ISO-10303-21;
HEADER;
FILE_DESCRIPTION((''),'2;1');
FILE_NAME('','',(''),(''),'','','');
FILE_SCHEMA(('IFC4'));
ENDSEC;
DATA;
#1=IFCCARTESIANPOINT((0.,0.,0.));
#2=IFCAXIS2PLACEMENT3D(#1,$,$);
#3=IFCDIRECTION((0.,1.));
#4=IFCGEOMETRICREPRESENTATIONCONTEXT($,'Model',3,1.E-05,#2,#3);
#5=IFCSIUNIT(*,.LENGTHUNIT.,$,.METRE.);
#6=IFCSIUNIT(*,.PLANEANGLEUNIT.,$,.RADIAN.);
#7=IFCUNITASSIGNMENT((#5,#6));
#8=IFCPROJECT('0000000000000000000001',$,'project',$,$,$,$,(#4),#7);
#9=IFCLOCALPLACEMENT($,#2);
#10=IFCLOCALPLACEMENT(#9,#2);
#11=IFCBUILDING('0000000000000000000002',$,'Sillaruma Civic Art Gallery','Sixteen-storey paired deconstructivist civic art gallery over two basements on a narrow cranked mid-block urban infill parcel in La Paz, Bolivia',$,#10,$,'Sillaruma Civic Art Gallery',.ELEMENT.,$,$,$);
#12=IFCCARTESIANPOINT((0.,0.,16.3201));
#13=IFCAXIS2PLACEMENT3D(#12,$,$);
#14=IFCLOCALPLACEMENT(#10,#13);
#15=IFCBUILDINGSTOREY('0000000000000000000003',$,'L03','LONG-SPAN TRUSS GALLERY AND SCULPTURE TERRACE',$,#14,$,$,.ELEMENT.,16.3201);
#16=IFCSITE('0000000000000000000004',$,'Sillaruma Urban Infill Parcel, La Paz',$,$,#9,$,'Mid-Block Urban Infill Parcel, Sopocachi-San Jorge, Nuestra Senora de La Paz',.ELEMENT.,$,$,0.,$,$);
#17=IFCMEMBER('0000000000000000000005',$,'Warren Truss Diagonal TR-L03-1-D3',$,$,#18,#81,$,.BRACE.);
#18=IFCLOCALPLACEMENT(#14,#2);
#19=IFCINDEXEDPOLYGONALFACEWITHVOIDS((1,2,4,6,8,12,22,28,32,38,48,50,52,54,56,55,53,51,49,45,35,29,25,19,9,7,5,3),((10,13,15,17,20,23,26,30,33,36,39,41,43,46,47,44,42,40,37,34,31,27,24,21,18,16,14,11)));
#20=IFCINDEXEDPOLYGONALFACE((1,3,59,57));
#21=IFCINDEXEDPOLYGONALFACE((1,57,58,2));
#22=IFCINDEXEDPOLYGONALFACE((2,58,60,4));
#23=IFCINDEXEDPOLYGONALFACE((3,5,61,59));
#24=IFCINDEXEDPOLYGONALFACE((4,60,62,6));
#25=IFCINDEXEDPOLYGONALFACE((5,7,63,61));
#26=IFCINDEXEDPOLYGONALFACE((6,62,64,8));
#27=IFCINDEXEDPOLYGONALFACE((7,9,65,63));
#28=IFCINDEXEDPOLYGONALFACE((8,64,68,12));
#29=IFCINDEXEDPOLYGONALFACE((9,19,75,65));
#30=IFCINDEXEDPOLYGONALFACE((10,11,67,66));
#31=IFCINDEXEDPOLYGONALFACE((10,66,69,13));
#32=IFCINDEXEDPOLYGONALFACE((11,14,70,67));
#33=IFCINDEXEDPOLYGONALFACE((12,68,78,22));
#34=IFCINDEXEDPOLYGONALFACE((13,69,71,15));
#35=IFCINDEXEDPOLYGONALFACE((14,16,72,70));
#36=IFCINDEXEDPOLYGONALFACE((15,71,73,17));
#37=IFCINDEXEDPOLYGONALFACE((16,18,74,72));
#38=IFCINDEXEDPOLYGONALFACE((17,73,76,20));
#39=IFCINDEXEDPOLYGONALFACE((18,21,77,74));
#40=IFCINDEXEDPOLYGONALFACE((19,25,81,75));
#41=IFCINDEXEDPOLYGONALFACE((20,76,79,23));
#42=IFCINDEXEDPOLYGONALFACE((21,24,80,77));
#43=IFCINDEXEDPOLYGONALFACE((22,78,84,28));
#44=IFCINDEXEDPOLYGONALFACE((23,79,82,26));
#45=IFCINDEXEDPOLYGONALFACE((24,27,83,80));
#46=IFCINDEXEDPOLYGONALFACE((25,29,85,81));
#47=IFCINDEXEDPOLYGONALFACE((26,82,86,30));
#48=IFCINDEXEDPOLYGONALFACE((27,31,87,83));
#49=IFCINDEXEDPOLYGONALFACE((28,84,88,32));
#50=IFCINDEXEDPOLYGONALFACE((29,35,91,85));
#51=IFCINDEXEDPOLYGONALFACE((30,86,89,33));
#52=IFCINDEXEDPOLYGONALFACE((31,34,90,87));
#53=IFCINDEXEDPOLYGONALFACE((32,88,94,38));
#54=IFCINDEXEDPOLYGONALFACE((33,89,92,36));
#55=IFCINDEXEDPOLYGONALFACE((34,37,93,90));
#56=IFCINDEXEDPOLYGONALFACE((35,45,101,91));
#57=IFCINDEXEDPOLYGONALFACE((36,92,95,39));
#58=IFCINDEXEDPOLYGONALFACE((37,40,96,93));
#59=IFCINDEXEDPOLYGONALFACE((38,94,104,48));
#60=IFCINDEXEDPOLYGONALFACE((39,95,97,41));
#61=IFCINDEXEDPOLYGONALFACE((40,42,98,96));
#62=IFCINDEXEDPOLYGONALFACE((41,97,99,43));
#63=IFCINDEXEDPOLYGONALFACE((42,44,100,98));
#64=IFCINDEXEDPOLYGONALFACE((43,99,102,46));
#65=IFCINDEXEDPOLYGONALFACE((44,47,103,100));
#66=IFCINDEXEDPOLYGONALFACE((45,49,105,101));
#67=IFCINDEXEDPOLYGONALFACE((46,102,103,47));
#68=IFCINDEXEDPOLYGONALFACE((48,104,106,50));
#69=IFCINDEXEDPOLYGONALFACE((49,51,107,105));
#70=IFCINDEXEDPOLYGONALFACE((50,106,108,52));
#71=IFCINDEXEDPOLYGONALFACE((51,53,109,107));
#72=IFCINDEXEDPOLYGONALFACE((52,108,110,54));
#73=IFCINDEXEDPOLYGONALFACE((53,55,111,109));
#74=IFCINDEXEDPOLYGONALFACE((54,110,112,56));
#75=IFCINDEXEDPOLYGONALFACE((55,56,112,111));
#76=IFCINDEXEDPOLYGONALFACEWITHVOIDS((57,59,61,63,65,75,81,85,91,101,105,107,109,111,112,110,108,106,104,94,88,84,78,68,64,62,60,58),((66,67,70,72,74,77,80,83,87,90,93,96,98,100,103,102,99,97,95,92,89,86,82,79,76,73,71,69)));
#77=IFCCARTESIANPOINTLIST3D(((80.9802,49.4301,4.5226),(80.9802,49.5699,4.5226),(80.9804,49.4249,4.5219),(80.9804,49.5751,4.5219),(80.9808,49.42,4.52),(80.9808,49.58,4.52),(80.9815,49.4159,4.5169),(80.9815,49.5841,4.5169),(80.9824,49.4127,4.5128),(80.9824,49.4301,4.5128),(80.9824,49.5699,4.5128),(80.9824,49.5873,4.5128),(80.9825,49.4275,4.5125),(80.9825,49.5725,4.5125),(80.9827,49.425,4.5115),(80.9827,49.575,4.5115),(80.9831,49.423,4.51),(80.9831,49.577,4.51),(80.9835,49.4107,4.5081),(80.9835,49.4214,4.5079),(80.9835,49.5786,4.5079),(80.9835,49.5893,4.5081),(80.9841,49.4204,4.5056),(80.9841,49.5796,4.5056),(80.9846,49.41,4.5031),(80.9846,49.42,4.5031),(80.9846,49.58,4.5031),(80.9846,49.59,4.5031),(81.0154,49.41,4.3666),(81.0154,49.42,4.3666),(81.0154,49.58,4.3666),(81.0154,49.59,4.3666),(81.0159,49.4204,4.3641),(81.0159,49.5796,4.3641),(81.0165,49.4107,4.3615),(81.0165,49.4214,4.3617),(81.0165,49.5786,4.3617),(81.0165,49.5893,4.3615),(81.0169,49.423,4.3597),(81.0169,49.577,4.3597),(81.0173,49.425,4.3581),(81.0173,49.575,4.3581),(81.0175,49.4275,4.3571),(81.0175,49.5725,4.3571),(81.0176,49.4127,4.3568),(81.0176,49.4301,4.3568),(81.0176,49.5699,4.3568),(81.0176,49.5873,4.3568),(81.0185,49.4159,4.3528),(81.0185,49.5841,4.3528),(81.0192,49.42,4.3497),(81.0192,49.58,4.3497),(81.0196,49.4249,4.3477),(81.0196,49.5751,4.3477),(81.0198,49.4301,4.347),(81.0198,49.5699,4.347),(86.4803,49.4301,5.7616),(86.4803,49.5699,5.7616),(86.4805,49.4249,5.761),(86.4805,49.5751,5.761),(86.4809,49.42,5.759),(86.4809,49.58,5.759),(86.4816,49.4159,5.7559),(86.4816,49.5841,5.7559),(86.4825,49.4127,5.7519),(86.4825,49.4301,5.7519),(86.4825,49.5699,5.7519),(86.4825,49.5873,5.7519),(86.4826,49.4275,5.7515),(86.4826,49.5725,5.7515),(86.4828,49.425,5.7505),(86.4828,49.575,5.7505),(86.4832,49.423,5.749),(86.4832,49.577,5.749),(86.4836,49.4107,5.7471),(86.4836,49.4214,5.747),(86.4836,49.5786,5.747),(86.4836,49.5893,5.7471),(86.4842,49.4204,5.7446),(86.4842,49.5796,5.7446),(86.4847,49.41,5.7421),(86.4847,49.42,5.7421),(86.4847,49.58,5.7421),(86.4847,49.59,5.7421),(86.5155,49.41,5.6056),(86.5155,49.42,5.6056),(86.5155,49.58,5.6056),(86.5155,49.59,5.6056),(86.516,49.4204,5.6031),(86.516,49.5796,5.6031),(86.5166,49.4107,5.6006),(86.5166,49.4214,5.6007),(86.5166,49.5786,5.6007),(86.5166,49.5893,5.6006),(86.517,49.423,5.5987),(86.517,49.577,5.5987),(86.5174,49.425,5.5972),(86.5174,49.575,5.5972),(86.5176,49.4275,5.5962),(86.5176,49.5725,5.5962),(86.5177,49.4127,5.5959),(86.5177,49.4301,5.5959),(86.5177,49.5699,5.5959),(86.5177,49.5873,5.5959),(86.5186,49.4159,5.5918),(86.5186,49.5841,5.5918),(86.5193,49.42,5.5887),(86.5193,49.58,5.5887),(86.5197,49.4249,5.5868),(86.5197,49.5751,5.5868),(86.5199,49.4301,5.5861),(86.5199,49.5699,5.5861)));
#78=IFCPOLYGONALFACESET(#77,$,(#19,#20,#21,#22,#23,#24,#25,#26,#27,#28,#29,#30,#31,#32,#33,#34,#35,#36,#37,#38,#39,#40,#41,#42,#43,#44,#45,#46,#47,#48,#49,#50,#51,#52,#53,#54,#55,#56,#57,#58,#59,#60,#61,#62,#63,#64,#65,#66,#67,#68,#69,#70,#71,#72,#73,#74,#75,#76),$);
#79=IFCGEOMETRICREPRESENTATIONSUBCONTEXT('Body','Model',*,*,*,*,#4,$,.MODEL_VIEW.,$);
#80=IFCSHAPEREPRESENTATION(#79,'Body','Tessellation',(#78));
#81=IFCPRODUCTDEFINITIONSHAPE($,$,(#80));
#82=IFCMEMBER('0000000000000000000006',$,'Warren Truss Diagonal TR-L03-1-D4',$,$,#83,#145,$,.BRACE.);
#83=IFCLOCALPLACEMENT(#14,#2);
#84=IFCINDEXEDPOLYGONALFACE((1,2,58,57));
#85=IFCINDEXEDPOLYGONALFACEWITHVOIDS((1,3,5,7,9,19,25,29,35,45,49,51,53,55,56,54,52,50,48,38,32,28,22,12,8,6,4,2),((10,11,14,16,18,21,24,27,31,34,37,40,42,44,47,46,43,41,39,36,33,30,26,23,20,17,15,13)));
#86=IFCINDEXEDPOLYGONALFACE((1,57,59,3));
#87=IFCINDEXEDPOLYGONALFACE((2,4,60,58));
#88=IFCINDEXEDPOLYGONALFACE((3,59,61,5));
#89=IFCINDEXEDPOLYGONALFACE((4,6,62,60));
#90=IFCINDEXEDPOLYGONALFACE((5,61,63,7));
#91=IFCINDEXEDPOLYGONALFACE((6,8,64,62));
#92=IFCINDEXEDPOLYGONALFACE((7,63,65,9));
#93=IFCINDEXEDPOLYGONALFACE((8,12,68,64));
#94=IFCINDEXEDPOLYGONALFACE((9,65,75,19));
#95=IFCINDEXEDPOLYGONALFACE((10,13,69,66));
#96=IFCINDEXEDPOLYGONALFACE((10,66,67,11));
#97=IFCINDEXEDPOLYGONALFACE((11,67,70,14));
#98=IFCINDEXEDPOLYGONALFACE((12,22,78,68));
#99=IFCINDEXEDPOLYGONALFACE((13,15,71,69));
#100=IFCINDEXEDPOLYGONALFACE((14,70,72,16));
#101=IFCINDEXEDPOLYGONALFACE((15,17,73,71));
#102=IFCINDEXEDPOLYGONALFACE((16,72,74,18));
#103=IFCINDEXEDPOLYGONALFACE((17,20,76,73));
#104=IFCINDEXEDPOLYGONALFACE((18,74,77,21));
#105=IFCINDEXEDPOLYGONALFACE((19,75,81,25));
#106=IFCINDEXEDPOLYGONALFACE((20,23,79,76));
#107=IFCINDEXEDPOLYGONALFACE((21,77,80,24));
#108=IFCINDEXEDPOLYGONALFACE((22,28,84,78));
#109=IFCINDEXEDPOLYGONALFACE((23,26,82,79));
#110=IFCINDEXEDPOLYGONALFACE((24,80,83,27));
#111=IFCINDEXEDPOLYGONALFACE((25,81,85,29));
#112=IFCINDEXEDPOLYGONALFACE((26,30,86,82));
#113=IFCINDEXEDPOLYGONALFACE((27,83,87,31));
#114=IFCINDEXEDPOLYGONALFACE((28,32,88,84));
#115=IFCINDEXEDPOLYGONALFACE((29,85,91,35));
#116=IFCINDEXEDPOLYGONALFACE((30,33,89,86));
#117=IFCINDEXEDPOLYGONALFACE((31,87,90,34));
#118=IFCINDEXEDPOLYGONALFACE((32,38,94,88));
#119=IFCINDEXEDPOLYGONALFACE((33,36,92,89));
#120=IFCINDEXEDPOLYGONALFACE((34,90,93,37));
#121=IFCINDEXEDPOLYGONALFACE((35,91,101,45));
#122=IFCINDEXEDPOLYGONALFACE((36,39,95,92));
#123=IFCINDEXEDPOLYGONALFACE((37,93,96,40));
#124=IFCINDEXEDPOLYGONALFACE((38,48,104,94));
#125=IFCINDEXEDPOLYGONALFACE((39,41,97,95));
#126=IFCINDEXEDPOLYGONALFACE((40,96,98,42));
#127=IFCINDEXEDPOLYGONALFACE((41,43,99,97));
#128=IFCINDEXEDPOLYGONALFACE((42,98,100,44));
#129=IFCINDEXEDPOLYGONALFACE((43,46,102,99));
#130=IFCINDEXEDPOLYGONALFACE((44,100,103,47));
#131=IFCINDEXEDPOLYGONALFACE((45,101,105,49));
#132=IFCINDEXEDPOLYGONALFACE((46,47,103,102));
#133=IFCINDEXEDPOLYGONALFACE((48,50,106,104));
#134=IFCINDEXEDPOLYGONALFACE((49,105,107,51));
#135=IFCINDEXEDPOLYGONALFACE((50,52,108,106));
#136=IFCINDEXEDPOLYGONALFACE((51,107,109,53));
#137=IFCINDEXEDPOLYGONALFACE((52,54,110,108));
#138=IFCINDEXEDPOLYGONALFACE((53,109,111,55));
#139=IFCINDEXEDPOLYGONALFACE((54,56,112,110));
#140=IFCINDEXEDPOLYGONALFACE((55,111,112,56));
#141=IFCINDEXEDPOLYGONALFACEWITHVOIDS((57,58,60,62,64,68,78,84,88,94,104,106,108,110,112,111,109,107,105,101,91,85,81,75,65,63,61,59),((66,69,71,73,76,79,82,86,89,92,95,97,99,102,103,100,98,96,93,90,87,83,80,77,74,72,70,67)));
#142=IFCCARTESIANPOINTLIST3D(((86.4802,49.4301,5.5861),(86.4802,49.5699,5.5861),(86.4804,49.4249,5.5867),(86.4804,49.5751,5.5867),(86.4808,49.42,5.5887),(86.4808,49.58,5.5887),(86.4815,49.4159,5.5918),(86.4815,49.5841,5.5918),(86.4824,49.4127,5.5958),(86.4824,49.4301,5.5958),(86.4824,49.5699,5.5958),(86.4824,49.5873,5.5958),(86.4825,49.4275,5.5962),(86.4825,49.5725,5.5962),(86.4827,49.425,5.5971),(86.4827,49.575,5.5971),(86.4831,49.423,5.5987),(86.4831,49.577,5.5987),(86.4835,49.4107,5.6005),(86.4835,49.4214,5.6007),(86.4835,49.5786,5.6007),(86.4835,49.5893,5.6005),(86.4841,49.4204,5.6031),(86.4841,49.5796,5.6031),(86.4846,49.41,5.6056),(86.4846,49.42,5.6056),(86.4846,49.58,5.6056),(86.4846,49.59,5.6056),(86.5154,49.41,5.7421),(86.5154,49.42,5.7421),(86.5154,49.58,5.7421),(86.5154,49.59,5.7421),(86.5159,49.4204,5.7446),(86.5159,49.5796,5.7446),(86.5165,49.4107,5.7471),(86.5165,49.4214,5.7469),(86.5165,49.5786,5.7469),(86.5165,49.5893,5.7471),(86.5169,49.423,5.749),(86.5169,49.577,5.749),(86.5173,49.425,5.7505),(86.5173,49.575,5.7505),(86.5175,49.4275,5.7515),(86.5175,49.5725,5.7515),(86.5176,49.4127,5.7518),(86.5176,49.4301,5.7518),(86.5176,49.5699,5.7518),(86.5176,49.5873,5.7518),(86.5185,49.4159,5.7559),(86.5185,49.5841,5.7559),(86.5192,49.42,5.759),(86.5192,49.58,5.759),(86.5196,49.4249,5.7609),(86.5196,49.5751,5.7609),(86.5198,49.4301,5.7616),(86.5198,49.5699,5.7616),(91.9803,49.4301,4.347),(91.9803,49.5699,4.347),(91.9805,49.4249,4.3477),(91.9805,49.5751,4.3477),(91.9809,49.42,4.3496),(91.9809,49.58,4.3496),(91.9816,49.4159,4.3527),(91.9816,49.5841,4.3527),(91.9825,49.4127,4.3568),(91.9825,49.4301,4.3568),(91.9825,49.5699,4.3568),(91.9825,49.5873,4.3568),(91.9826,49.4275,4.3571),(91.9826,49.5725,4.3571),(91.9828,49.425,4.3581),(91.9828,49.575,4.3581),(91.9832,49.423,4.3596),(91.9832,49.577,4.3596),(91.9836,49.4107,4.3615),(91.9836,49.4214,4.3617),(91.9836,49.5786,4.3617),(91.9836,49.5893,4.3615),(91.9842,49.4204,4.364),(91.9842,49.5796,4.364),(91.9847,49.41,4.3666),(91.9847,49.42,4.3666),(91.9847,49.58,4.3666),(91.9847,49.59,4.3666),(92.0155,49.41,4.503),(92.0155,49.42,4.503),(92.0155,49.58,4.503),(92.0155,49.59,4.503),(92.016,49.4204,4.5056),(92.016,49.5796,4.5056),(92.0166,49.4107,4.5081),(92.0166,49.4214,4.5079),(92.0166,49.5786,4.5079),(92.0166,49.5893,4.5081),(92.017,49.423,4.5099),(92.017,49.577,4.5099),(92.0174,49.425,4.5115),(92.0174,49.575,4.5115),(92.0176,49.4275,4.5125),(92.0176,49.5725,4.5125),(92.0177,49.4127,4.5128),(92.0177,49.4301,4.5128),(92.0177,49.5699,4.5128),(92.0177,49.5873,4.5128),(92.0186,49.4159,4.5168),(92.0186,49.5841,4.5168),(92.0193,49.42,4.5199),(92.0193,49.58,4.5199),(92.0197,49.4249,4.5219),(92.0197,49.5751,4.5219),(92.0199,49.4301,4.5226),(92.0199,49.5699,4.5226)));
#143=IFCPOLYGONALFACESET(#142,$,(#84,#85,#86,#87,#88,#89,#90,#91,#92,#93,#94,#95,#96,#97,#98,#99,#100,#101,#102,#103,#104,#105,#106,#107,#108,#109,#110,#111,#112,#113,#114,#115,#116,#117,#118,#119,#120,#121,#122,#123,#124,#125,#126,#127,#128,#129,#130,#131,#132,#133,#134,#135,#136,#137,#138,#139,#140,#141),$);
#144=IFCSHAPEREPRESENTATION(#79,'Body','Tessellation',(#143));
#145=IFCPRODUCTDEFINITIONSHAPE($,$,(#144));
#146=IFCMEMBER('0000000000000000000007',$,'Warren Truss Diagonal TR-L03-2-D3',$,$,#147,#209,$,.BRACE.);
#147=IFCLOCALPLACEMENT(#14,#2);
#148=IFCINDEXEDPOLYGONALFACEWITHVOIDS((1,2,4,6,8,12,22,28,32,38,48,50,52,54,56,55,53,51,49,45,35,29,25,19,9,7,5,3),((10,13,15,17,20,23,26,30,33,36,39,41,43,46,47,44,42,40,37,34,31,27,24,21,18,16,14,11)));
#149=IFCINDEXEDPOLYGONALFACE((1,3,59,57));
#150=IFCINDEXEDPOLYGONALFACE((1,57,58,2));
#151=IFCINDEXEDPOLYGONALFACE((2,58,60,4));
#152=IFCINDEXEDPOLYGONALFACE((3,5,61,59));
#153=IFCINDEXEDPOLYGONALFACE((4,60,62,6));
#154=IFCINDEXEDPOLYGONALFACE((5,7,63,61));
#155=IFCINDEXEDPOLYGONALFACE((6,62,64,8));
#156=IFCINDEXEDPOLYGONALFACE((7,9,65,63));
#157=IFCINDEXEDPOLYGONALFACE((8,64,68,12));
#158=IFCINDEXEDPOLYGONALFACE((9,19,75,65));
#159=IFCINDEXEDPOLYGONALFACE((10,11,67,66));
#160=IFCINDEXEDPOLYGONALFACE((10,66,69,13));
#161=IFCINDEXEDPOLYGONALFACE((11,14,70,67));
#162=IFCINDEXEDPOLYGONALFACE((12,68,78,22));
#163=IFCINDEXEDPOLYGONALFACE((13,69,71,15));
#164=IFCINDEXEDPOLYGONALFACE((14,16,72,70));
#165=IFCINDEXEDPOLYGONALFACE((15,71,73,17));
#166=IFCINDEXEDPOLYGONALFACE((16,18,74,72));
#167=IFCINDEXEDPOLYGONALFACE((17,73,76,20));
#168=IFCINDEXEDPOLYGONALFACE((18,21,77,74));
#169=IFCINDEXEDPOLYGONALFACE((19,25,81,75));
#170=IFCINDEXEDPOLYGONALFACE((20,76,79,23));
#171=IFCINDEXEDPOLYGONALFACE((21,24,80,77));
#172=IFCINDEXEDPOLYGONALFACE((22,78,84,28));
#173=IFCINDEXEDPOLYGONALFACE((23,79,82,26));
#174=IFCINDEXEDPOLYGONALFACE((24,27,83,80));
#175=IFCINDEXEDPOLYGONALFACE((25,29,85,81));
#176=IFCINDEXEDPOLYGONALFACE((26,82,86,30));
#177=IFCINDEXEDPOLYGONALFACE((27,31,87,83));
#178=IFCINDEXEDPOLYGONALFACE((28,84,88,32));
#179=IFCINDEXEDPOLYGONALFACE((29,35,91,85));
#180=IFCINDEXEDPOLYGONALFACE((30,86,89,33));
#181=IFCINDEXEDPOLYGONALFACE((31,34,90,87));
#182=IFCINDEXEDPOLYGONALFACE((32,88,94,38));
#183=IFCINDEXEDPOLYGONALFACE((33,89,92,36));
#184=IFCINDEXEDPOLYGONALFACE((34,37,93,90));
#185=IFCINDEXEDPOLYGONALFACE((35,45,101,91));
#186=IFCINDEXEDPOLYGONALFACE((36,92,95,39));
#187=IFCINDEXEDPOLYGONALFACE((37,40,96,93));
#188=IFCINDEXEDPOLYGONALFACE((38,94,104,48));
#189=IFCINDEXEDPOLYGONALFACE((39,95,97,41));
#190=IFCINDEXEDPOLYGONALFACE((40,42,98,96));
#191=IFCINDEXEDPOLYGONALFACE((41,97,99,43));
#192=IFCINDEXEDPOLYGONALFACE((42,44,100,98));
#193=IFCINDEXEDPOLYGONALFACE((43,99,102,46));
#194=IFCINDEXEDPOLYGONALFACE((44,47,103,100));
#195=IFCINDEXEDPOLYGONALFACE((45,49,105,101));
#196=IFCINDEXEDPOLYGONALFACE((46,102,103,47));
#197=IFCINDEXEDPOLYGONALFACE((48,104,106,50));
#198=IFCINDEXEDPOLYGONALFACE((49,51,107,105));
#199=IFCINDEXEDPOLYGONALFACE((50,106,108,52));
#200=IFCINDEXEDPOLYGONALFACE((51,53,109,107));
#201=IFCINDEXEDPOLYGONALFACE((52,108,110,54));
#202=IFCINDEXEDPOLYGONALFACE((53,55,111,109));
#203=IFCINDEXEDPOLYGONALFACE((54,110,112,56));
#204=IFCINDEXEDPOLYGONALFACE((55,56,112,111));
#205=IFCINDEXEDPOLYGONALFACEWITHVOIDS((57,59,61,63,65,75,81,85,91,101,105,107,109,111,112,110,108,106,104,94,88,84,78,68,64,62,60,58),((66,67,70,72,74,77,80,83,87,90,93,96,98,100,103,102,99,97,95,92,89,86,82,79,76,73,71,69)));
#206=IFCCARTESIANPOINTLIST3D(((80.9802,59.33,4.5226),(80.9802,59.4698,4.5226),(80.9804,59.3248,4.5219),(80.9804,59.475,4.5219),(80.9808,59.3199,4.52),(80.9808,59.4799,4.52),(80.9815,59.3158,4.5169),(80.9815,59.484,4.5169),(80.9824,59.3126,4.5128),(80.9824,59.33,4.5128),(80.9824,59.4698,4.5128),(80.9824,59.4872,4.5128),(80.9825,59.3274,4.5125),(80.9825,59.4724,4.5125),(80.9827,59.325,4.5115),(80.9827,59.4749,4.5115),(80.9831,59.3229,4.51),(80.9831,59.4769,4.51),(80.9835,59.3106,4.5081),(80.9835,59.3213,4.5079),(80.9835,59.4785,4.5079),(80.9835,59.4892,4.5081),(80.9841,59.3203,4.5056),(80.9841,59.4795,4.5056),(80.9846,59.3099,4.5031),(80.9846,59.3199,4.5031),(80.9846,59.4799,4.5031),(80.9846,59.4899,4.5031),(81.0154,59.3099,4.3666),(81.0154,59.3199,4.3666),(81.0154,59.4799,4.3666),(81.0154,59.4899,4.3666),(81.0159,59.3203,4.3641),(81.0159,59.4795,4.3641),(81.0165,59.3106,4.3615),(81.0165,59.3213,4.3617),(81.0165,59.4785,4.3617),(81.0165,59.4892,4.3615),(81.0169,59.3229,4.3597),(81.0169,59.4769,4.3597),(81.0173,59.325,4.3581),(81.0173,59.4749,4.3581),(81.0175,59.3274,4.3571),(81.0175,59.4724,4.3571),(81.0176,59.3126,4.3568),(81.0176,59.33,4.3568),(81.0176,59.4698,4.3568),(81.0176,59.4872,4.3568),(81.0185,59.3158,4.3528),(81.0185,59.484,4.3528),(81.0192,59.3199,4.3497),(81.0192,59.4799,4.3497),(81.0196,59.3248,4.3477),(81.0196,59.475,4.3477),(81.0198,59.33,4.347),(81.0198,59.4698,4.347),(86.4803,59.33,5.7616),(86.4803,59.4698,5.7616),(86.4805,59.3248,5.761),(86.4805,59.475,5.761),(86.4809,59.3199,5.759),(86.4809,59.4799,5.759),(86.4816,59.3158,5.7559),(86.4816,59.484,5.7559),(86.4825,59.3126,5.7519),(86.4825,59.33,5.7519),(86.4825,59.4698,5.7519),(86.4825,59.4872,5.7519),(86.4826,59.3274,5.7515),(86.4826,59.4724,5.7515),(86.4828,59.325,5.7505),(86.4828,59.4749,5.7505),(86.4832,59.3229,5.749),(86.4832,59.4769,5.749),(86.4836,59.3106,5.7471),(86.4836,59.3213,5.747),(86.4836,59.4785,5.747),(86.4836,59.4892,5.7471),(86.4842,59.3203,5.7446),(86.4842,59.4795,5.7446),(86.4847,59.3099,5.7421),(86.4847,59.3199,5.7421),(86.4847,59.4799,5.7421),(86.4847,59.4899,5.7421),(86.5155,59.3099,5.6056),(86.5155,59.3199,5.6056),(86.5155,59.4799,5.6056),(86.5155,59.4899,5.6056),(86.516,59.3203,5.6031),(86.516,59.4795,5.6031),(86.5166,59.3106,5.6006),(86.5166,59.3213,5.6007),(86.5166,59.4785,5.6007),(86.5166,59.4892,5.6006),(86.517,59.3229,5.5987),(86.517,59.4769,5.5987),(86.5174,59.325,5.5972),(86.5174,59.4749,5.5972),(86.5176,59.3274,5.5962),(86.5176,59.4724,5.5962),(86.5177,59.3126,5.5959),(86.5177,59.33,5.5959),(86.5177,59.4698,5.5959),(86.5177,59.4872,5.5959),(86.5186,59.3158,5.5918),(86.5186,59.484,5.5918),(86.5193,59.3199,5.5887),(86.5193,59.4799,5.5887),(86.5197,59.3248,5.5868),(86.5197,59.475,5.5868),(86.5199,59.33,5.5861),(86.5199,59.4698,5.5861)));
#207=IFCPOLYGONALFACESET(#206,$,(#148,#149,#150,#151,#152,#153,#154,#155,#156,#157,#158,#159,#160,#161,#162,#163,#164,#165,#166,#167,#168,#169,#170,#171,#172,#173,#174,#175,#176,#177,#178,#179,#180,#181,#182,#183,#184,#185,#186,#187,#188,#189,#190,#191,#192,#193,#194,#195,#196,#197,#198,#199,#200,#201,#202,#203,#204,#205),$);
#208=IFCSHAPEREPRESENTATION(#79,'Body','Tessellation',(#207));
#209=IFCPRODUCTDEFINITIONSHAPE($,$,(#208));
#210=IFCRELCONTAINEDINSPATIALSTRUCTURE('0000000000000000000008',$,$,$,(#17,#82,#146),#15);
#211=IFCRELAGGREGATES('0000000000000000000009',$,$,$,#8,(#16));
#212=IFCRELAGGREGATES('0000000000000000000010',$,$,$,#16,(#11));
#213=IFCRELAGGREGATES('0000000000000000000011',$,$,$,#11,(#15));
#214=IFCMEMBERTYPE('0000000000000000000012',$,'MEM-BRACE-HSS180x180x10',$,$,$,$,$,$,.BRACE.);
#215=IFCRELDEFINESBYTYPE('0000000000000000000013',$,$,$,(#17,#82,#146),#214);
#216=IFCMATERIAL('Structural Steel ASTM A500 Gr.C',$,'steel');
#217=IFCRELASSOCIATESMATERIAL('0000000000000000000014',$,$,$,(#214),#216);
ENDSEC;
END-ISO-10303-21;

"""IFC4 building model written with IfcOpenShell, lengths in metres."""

from ifc_helpers import new_model, si_unit, direction, frame, origin, origin_2d, place, context, subcontext, project, spatial, hollow_rectangle, extrude, material, material_profile, profile_set, type_object, element, save


model = new_model("IFC4")

# Units and contexts
model_context = context("Model", 3, precision=1e-05, world=origin(), true_north=direction((0.0, 1.0)))
body_context = subcontext(model_context, "Body", "Model", "MODEL_VIEW")
ifc_project = project(units=[si_unit("LENGTHUNIT", "METRE"), si_unit("PLANEANGLEUNIT", "RADIAN")], contexts=[model_context])

# Site, building, storey
site_placement = place(None, origin())
site = spatial("IfcSite", under=ifc_project, at=site_placement, Name="Sillaruma Urban Infill Parcel, La Paz", LongName="Mid-Block Urban Infill Parcel, Sopocachi-San Jorge, Nuestra Senora de La Paz", CompositionType="ELEMENT", RefElevation=0.0)
building_placement = place(site_placement, origin())
building = spatial("IfcBuilding", under=site, at=building_placement, Name="Sillaruma Civic Art Gallery", Description="Sixteen-storey paired deconstructivist civic art gallery over two basements on a narrow cranked mid-block urban infill parcel in La Paz, Bolivia", LongName="Sillaruma Civic Art Gallery", CompositionType="ELEMENT")
storey_placement = place(building_placement, frame((0.0, 0.0, 16.3201)))
storey = spatial("IfcBuildingStorey", under=building, at=storey_placement, Name="L03", Description="LONG-SPAN TRUSS GALLERY AND SCULPTURE TERRACE", CompositionType="ELEMENT", Elevation=16.3201)

# Members
ifc_material_1 = material(Name="Structural Steel ASTM A500 Gr.C", Category="steel")
ifc_material_profile_1 = material_profile(ifc_material_1, hollow_rectangle(XDim=0.1799, YDim=0.1799, WallThickness=0.01, InnerFilletRadius=0.01, OuterFilletRadius=0.02, at=origin_2d()), Name="HSS180x180x10")
ifc_profile_set_1 = profile_set([ifc_material_profile_1], Name="Structural Steel ASTM A500 Gr.C")
member_type_1 = type_object("IfcMemberType", Name="MEM-BRACE-HSS180x180x10", PredefinedType="BRACE", material=ifc_profile_set_1)
for number, where, z_axis, x_axis, name in (
    (1, (81.0, 49.5, 4.4348), (0.975552, 0.0, 0.219768), (0.0, 1.0, 0.0), "Warren Truss Diagonal TR-L03-1-D3"),
    (2, (86.5, 49.5, 5.6738), (0.975552, 0.0, -0.219768), (0.0, 1.0, 0.0), "Warren Truss Diagonal TR-L03-1-D4"),
    (3, (81.0, 59.3999, 4.4348), (0.975552, 0.0, 0.219768), (0.0, 1.0, 0.0), "Warren Truss Diagonal TR-L03-2-D3"),
):
    element("IfcMember", number, at=place(storey_placement, frame(where, z_axis=z_axis, x_axis=x_axis)), inside=storey, type_object=member_type_1, Name=name, PredefinedType="BRACE", context=body_context, shape_type="SweptSolid", body=[
        extrude(hollow_rectangle(XDim=0.1799, YDim=0.1799, WallThickness=0.01, InnerFilletRadius=0.01, OuterFilletRadius=0.02, at=origin_2d()), origin(), (0.0, 0.0, 1.0), 5.6379),
    ])

save(model, "model.ifc")
